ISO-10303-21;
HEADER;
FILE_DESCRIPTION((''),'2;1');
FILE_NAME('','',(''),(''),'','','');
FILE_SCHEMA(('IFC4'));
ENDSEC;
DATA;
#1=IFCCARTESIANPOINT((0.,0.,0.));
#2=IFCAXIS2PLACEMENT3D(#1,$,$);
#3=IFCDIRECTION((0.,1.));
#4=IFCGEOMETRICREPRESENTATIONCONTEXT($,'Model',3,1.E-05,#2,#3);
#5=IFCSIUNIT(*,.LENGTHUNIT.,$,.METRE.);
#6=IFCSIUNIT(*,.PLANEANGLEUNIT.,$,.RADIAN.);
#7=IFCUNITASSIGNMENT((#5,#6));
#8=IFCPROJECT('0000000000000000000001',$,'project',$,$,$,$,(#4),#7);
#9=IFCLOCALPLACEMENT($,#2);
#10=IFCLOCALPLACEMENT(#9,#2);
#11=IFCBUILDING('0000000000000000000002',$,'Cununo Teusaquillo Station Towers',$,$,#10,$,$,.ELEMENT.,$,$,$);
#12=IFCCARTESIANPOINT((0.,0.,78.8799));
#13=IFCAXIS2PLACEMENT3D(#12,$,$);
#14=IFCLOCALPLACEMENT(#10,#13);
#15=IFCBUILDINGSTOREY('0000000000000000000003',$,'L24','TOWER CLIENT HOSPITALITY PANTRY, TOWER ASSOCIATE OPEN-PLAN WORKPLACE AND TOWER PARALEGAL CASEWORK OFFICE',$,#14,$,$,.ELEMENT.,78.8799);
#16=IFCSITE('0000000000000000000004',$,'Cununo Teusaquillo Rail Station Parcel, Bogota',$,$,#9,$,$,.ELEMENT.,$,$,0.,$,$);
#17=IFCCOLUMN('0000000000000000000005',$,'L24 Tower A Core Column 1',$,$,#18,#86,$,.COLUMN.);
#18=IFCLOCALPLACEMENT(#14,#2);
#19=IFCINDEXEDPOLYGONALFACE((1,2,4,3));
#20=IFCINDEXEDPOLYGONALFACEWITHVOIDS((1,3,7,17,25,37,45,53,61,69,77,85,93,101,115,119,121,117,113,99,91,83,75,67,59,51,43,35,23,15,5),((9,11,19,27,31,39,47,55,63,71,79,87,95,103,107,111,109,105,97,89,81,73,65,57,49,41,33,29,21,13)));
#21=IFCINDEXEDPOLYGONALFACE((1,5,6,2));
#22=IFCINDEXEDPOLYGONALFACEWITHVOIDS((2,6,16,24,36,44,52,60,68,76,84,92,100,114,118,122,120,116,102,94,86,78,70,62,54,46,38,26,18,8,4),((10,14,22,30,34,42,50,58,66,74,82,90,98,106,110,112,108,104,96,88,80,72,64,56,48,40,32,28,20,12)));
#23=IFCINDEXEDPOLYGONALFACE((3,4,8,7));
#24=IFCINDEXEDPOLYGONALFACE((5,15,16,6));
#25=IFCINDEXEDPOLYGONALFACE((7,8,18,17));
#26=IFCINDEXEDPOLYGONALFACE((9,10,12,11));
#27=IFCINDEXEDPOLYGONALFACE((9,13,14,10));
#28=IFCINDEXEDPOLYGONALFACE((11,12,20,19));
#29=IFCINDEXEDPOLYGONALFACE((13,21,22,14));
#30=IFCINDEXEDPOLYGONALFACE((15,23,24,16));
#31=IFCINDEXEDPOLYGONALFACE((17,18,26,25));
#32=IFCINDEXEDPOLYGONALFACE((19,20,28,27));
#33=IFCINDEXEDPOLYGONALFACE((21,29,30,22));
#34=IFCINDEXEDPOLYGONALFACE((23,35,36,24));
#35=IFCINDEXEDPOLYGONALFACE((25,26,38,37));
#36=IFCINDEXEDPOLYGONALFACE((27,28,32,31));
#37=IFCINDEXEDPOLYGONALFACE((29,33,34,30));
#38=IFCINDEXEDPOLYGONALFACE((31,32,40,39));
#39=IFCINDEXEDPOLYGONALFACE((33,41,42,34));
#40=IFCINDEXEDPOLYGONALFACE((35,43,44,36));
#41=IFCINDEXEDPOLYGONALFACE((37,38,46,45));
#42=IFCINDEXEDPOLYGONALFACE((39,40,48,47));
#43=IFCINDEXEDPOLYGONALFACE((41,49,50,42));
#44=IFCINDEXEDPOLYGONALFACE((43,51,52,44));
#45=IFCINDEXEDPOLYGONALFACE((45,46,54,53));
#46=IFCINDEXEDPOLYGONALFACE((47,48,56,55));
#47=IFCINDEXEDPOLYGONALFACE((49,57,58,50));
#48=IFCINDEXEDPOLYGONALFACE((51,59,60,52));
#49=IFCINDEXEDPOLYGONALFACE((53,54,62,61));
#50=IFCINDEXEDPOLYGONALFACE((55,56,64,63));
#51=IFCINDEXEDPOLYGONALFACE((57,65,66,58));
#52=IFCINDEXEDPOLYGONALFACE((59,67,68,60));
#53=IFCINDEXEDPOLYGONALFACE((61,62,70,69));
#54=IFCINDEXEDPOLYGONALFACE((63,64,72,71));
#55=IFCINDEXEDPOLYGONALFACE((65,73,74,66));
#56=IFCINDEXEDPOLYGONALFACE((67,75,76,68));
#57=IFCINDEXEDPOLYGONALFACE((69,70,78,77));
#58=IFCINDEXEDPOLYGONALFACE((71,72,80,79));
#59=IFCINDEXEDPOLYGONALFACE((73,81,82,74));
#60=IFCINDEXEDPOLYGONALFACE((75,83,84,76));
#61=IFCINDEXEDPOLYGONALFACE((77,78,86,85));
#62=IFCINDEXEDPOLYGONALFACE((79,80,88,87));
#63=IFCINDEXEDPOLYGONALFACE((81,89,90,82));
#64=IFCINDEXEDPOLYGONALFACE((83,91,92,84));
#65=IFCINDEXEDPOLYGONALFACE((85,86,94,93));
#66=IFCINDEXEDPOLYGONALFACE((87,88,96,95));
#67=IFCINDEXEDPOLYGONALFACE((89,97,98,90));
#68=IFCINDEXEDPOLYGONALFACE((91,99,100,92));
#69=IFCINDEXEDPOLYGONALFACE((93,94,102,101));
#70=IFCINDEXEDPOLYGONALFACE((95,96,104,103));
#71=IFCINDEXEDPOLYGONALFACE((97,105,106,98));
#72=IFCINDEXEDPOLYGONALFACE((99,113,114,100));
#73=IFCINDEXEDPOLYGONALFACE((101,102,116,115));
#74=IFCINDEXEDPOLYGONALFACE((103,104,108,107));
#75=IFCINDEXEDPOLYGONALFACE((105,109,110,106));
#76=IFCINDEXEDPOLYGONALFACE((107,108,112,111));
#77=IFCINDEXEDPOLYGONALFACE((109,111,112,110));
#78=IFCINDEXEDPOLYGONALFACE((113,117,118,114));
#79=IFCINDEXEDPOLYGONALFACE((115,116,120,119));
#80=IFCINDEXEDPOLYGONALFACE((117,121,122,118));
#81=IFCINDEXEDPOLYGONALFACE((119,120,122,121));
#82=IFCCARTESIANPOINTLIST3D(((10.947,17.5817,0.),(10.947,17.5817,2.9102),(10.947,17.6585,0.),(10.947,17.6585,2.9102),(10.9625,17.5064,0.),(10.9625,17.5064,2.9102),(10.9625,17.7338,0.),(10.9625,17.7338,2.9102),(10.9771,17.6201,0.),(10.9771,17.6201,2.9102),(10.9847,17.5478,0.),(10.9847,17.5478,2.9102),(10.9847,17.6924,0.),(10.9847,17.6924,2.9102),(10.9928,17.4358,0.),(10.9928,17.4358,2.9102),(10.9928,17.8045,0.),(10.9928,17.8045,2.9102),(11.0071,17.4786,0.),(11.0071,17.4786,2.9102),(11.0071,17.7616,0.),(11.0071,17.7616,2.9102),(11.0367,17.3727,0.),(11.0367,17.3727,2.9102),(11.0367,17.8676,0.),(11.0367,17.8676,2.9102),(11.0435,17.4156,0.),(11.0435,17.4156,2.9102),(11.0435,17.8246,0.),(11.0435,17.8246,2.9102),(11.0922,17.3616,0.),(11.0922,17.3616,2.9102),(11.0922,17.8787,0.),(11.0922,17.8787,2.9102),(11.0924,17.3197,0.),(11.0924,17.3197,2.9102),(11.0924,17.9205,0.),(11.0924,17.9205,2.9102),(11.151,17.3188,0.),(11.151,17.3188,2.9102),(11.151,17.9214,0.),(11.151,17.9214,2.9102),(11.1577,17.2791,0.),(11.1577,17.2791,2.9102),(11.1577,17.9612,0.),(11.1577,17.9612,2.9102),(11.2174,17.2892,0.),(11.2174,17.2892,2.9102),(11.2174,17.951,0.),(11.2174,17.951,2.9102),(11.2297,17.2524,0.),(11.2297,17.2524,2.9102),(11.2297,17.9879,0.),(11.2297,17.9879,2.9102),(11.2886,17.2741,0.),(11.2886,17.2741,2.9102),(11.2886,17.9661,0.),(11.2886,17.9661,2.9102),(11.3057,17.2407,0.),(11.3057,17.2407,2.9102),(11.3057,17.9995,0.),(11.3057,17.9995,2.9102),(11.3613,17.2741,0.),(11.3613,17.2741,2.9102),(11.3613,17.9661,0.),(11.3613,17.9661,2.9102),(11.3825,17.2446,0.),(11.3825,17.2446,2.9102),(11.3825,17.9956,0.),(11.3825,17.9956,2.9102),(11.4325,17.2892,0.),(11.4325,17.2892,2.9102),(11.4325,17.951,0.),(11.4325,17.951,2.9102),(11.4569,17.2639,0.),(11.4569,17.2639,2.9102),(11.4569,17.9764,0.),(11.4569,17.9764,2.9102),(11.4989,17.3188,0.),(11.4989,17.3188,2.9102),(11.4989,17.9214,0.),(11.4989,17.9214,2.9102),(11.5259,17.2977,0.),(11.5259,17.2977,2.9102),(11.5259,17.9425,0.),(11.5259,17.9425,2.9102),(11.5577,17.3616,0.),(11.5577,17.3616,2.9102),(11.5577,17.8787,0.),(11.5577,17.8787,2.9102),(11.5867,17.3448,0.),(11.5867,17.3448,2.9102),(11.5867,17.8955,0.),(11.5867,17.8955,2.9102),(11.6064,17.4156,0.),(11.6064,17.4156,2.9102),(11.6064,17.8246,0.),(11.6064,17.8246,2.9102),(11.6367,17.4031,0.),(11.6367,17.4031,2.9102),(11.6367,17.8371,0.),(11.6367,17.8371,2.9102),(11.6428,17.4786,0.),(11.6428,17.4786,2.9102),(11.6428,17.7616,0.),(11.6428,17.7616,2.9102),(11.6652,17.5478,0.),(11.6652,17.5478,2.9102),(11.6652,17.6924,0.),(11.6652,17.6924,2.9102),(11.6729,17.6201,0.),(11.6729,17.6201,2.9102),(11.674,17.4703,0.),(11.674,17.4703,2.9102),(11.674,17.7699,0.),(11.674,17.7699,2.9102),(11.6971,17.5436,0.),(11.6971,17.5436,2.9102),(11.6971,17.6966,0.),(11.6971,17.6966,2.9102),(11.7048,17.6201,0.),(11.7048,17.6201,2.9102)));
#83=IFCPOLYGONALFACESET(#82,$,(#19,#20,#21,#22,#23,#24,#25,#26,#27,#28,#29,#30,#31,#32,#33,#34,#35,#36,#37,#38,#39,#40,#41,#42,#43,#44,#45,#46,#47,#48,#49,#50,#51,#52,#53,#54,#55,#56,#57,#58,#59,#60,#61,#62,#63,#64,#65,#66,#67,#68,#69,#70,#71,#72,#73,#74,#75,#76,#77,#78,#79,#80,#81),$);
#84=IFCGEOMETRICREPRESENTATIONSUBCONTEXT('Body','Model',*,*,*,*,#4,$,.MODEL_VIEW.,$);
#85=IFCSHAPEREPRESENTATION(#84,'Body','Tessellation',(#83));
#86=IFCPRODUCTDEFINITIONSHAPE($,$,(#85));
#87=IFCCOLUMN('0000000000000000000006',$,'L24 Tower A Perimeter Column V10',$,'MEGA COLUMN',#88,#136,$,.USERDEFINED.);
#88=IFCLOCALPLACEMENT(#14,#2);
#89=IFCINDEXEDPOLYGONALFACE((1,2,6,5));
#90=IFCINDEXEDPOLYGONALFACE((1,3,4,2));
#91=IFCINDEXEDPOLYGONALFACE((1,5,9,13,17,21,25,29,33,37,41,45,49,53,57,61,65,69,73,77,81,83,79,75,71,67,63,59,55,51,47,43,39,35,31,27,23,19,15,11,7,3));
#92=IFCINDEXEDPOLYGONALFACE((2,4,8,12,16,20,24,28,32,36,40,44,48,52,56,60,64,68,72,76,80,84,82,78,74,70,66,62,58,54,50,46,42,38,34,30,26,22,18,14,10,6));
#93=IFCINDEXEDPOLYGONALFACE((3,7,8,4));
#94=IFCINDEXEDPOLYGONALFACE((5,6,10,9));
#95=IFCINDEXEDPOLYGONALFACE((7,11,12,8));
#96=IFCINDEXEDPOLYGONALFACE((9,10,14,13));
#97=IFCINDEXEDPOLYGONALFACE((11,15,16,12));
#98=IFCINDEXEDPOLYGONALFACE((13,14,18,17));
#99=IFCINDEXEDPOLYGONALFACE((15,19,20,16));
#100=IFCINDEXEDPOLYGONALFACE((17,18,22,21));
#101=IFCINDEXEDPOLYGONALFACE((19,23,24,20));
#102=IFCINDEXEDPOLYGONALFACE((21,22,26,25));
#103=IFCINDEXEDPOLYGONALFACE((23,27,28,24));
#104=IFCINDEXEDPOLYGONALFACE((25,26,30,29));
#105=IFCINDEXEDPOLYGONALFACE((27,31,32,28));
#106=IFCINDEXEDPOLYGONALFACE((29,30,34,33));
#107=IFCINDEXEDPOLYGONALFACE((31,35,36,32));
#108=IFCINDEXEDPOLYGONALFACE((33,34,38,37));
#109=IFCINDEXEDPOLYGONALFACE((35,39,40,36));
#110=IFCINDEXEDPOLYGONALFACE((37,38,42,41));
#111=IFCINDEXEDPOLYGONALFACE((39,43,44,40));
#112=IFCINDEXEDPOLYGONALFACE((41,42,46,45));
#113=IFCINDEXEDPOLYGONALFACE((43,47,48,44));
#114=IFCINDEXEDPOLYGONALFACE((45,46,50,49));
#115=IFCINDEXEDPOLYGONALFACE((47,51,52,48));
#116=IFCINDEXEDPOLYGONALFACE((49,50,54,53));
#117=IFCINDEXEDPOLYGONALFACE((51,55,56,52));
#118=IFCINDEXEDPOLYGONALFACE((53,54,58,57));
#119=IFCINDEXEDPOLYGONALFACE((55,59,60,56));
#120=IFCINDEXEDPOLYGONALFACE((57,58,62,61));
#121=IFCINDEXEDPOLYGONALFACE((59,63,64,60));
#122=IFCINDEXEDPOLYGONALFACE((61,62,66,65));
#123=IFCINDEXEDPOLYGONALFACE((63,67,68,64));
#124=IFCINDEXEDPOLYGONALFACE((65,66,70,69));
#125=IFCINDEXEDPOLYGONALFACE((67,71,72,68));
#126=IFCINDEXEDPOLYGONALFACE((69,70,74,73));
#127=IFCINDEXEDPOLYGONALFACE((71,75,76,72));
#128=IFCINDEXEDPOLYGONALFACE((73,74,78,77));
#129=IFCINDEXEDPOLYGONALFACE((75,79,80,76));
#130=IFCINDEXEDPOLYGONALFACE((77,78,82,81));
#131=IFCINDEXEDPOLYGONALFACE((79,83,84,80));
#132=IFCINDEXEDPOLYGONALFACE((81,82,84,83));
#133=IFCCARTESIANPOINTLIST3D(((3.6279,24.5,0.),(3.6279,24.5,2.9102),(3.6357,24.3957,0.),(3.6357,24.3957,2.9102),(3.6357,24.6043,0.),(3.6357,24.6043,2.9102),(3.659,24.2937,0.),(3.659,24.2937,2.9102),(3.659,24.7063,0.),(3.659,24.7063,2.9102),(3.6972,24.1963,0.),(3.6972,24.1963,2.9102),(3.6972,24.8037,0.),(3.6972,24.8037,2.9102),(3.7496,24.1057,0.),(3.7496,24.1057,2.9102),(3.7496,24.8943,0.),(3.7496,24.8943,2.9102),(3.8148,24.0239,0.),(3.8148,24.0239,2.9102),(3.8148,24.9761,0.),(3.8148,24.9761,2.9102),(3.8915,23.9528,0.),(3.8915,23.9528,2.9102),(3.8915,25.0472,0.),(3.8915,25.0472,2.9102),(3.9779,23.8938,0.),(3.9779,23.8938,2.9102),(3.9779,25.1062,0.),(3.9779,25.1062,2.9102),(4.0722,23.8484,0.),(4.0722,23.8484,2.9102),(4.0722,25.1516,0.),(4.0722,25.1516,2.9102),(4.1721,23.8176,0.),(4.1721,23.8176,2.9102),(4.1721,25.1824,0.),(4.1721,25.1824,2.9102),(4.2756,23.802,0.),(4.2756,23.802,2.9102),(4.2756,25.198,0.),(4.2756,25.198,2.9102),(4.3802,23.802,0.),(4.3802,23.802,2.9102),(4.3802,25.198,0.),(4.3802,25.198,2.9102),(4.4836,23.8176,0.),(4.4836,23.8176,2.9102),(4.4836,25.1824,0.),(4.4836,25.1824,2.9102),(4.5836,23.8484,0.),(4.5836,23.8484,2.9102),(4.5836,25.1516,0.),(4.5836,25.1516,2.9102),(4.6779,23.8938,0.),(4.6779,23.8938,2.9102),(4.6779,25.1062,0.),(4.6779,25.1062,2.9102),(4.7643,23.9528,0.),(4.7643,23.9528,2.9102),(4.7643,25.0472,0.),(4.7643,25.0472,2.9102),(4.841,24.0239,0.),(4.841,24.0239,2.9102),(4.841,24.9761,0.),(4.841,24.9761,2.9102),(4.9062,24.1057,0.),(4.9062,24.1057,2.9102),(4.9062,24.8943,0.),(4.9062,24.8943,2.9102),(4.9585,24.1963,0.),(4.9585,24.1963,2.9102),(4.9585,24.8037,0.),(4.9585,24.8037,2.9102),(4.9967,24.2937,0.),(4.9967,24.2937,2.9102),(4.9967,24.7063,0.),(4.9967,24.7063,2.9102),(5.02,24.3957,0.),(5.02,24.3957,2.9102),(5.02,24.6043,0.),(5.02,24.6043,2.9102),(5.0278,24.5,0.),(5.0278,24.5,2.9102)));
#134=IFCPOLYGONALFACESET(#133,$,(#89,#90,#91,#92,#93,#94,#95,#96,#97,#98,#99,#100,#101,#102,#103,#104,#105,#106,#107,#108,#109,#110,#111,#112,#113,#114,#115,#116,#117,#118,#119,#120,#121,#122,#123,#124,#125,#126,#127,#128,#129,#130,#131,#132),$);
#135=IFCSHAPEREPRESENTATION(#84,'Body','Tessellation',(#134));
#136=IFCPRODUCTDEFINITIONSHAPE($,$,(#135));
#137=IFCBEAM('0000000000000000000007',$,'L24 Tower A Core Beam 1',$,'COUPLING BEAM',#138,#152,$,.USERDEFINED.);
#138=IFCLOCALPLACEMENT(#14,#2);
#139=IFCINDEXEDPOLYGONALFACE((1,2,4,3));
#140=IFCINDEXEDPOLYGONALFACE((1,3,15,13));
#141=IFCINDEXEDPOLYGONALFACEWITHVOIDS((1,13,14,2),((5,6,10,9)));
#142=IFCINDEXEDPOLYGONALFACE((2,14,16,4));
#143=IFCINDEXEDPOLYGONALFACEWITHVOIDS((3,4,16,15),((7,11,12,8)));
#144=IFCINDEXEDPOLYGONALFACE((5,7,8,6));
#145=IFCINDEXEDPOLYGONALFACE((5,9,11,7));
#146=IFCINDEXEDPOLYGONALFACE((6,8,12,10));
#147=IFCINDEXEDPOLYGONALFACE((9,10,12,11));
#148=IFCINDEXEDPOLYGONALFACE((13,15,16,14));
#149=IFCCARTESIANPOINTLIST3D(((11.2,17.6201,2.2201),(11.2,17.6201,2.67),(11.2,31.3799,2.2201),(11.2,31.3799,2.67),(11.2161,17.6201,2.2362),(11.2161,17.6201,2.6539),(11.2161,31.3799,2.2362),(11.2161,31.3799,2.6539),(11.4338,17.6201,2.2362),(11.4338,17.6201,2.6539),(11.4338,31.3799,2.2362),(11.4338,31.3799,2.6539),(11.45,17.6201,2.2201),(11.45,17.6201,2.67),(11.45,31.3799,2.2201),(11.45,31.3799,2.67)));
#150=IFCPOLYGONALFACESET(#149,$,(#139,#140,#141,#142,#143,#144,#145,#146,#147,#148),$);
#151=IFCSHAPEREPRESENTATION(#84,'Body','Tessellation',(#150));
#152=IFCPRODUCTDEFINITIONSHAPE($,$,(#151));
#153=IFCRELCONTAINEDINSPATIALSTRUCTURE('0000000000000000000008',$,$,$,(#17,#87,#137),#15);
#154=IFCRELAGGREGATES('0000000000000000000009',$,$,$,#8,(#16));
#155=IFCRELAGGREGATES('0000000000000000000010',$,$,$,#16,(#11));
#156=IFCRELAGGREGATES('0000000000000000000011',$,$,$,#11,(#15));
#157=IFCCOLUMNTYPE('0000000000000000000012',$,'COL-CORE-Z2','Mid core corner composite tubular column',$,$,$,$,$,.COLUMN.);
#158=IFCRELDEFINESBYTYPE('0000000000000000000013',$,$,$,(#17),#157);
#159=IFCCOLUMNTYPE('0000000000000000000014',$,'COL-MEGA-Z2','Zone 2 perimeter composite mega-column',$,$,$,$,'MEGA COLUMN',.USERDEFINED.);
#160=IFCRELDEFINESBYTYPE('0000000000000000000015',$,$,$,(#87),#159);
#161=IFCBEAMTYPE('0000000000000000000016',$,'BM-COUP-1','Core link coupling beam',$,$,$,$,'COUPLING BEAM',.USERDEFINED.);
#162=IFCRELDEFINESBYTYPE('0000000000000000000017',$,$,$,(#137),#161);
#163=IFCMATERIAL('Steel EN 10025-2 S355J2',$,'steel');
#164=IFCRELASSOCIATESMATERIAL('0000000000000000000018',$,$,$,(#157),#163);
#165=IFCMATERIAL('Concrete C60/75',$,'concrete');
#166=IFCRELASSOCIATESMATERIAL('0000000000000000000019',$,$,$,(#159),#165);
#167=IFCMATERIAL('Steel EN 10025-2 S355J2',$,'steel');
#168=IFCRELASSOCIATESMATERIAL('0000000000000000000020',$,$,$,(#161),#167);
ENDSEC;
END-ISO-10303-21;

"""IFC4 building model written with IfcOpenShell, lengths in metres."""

from ifc_helpers import new_model, si_unit, direction, frame, origin, origin_2d, place, context, subcontext, project, spatial, hollow_rectangle, circle, hollow_circle, extrude, material, material_profile, profile_set, type_object, element, save


model = new_model("IFC4")

# Units and contexts
model_context = context("Model", 3, precision=1e-05, world=origin(), true_north=direction((0.0, 1.0)))
body_context = subcontext(model_context, "Body", "Model", "MODEL_VIEW")
ifc_project = project(units=[si_unit("LENGTHUNIT", "METRE"), si_unit("PLANEANGLEUNIT", "RADIAN")], contexts=[model_context])

# Site, building, storey
site_placement = place(None, origin())
site = spatial("IfcSite", under=ifc_project, at=site_placement, Name="Cununo Teusaquillo Rail Station Parcel, Bogota", CompositionType="ELEMENT", RefElevation=0.0)
building_placement = place(site_placement, origin())
building = spatial("IfcBuilding", under=site, at=building_placement, Name="Cununo Teusaquillo Station Towers", CompositionType="ELEMENT")
storey_placement = place(building_placement, frame((0.0, 0.0, 78.8799)))
storey = spatial("IfcBuildingStorey", under=building, at=storey_placement, Name="L24", Description="TOWER CLIENT HOSPITALITY PANTRY, TOWER ASSOCIATE OPEN-PLAN WORKPLACE AND TOWER PARALEGAL CASEWORK OFFICE", CompositionType="ELEMENT", Elevation=78.8799)

# Columns
ifc_material_1 = material(Name="Steel EN 10025-2 S355J2", Category="steel")
ifc_material_profile_1 = material_profile(ifc_material_1, hollow_circle(Radius=0.3799, WallThickness=0.032, at=origin_2d()), Name="CHS 760x32")
ifc_profile_set_1 = profile_set([ifc_material_profile_1], Name="Steel EN 10025-2 S355J2")
column_type_1 = type_object("IfcColumnType", Name="COL-CORE-Z2", Description="Mid core corner composite tubular column", PredefinedType="COLUMN", material=ifc_profile_set_1)
column_1_placement = place(storey_placement, frame((11.325, 17.6201, 0.0), z_axis=(0.0, 0.0, 1.0), x_axis=(1.0, 0.0, 0.0)))
element("IfcColumn", 1, at=column_1_placement, inside=storey, type_object=column_type_1, Name="L24 Tower A Core Column 1", PredefinedType="COLUMN", context=body_context, shape_type="SweptSolid", body=[
    extrude(hollow_circle(Radius=0.3799, WallThickness=0.032, at=origin_2d()), origin(), (0.0, 0.0, 1.0), 2.9102),
])
ifc_material_2 = material(Name="Concrete C60/75", Category="concrete")
ifc_material_profile_2 = material_profile(ifc_material_2, circle(Radius=0.7, at=origin_2d()), Name="RC-CIRC-1400")
ifc_profile_set_2 = profile_set([ifc_material_profile_2], Name="Concrete C60/75")
column_type_2 = type_object("IfcColumnType", Name="COL-MEGA-Z2", Description="Zone 2 perimeter composite mega-column", ElementType="MEGA COLUMN", PredefinedType="USERDEFINED", material=ifc_profile_set_2)
column_2_placement = place(storey_placement, frame((4.3279, 24.5, 0.0), z_axis=(0.0, 0.0, 1.0), x_axis=(1.0, 0.0, 0.0)))
element("IfcColumn", 2, at=column_2_placement, inside=storey, type_object=column_type_2, Name="L24 Tower A Perimeter Column V10", ObjectType="MEGA COLUMN", PredefinedType="USERDEFINED", context=body_context, shape_type="SweptSolid", body=[
    extrude(circle(Radius=0.7, at=origin_2d()), origin(), (0.0, 0.0, 1.0), 2.9102),
])

# Beam
ifc_material_3 = material(Name="Steel EN 10025-2 S355J2", Category="steel")
ifc_material_profile_3 = material_profile(ifc_material_3, hollow_rectangle(XDim=0.25, YDim=0.45, WallThickness=0.0161, at=origin_2d()), Name="RHS 450x250x16")
ifc_profile_set_3 = profile_set([ifc_material_profile_3], Name="Steel EN 10025-2 S355J2")
beam_type_1 = type_object("IfcBeamType", Name="BM-COUP-1", Description="Core link coupling beam", ElementType="COUPLING BEAM", PredefinedType="USERDEFINED", material=ifc_profile_set_3)
beam_1_placement = place(storey_placement, frame((11.325, 17.6201, 2.4451), z_axis=(0.0, 1.0, 0.0), x_axis=(-1.0, 0.0, 0.0)))
element("IfcBeam", 3, at=beam_1_placement, inside=storey, type_object=beam_type_1, Name="L24 Tower A Core Beam 1", ObjectType="COUPLING BEAM", PredefinedType="USERDEFINED", context=body_context, shape_type="SweptSolid", body=[
    extrude(hollow_rectangle(XDim=0.25, YDim=0.45, WallThickness=0.0161, at=origin_2d()), origin(), (0.0, 0.0, 1.0), 13.7598),
])

save(model, "model.ifc")
